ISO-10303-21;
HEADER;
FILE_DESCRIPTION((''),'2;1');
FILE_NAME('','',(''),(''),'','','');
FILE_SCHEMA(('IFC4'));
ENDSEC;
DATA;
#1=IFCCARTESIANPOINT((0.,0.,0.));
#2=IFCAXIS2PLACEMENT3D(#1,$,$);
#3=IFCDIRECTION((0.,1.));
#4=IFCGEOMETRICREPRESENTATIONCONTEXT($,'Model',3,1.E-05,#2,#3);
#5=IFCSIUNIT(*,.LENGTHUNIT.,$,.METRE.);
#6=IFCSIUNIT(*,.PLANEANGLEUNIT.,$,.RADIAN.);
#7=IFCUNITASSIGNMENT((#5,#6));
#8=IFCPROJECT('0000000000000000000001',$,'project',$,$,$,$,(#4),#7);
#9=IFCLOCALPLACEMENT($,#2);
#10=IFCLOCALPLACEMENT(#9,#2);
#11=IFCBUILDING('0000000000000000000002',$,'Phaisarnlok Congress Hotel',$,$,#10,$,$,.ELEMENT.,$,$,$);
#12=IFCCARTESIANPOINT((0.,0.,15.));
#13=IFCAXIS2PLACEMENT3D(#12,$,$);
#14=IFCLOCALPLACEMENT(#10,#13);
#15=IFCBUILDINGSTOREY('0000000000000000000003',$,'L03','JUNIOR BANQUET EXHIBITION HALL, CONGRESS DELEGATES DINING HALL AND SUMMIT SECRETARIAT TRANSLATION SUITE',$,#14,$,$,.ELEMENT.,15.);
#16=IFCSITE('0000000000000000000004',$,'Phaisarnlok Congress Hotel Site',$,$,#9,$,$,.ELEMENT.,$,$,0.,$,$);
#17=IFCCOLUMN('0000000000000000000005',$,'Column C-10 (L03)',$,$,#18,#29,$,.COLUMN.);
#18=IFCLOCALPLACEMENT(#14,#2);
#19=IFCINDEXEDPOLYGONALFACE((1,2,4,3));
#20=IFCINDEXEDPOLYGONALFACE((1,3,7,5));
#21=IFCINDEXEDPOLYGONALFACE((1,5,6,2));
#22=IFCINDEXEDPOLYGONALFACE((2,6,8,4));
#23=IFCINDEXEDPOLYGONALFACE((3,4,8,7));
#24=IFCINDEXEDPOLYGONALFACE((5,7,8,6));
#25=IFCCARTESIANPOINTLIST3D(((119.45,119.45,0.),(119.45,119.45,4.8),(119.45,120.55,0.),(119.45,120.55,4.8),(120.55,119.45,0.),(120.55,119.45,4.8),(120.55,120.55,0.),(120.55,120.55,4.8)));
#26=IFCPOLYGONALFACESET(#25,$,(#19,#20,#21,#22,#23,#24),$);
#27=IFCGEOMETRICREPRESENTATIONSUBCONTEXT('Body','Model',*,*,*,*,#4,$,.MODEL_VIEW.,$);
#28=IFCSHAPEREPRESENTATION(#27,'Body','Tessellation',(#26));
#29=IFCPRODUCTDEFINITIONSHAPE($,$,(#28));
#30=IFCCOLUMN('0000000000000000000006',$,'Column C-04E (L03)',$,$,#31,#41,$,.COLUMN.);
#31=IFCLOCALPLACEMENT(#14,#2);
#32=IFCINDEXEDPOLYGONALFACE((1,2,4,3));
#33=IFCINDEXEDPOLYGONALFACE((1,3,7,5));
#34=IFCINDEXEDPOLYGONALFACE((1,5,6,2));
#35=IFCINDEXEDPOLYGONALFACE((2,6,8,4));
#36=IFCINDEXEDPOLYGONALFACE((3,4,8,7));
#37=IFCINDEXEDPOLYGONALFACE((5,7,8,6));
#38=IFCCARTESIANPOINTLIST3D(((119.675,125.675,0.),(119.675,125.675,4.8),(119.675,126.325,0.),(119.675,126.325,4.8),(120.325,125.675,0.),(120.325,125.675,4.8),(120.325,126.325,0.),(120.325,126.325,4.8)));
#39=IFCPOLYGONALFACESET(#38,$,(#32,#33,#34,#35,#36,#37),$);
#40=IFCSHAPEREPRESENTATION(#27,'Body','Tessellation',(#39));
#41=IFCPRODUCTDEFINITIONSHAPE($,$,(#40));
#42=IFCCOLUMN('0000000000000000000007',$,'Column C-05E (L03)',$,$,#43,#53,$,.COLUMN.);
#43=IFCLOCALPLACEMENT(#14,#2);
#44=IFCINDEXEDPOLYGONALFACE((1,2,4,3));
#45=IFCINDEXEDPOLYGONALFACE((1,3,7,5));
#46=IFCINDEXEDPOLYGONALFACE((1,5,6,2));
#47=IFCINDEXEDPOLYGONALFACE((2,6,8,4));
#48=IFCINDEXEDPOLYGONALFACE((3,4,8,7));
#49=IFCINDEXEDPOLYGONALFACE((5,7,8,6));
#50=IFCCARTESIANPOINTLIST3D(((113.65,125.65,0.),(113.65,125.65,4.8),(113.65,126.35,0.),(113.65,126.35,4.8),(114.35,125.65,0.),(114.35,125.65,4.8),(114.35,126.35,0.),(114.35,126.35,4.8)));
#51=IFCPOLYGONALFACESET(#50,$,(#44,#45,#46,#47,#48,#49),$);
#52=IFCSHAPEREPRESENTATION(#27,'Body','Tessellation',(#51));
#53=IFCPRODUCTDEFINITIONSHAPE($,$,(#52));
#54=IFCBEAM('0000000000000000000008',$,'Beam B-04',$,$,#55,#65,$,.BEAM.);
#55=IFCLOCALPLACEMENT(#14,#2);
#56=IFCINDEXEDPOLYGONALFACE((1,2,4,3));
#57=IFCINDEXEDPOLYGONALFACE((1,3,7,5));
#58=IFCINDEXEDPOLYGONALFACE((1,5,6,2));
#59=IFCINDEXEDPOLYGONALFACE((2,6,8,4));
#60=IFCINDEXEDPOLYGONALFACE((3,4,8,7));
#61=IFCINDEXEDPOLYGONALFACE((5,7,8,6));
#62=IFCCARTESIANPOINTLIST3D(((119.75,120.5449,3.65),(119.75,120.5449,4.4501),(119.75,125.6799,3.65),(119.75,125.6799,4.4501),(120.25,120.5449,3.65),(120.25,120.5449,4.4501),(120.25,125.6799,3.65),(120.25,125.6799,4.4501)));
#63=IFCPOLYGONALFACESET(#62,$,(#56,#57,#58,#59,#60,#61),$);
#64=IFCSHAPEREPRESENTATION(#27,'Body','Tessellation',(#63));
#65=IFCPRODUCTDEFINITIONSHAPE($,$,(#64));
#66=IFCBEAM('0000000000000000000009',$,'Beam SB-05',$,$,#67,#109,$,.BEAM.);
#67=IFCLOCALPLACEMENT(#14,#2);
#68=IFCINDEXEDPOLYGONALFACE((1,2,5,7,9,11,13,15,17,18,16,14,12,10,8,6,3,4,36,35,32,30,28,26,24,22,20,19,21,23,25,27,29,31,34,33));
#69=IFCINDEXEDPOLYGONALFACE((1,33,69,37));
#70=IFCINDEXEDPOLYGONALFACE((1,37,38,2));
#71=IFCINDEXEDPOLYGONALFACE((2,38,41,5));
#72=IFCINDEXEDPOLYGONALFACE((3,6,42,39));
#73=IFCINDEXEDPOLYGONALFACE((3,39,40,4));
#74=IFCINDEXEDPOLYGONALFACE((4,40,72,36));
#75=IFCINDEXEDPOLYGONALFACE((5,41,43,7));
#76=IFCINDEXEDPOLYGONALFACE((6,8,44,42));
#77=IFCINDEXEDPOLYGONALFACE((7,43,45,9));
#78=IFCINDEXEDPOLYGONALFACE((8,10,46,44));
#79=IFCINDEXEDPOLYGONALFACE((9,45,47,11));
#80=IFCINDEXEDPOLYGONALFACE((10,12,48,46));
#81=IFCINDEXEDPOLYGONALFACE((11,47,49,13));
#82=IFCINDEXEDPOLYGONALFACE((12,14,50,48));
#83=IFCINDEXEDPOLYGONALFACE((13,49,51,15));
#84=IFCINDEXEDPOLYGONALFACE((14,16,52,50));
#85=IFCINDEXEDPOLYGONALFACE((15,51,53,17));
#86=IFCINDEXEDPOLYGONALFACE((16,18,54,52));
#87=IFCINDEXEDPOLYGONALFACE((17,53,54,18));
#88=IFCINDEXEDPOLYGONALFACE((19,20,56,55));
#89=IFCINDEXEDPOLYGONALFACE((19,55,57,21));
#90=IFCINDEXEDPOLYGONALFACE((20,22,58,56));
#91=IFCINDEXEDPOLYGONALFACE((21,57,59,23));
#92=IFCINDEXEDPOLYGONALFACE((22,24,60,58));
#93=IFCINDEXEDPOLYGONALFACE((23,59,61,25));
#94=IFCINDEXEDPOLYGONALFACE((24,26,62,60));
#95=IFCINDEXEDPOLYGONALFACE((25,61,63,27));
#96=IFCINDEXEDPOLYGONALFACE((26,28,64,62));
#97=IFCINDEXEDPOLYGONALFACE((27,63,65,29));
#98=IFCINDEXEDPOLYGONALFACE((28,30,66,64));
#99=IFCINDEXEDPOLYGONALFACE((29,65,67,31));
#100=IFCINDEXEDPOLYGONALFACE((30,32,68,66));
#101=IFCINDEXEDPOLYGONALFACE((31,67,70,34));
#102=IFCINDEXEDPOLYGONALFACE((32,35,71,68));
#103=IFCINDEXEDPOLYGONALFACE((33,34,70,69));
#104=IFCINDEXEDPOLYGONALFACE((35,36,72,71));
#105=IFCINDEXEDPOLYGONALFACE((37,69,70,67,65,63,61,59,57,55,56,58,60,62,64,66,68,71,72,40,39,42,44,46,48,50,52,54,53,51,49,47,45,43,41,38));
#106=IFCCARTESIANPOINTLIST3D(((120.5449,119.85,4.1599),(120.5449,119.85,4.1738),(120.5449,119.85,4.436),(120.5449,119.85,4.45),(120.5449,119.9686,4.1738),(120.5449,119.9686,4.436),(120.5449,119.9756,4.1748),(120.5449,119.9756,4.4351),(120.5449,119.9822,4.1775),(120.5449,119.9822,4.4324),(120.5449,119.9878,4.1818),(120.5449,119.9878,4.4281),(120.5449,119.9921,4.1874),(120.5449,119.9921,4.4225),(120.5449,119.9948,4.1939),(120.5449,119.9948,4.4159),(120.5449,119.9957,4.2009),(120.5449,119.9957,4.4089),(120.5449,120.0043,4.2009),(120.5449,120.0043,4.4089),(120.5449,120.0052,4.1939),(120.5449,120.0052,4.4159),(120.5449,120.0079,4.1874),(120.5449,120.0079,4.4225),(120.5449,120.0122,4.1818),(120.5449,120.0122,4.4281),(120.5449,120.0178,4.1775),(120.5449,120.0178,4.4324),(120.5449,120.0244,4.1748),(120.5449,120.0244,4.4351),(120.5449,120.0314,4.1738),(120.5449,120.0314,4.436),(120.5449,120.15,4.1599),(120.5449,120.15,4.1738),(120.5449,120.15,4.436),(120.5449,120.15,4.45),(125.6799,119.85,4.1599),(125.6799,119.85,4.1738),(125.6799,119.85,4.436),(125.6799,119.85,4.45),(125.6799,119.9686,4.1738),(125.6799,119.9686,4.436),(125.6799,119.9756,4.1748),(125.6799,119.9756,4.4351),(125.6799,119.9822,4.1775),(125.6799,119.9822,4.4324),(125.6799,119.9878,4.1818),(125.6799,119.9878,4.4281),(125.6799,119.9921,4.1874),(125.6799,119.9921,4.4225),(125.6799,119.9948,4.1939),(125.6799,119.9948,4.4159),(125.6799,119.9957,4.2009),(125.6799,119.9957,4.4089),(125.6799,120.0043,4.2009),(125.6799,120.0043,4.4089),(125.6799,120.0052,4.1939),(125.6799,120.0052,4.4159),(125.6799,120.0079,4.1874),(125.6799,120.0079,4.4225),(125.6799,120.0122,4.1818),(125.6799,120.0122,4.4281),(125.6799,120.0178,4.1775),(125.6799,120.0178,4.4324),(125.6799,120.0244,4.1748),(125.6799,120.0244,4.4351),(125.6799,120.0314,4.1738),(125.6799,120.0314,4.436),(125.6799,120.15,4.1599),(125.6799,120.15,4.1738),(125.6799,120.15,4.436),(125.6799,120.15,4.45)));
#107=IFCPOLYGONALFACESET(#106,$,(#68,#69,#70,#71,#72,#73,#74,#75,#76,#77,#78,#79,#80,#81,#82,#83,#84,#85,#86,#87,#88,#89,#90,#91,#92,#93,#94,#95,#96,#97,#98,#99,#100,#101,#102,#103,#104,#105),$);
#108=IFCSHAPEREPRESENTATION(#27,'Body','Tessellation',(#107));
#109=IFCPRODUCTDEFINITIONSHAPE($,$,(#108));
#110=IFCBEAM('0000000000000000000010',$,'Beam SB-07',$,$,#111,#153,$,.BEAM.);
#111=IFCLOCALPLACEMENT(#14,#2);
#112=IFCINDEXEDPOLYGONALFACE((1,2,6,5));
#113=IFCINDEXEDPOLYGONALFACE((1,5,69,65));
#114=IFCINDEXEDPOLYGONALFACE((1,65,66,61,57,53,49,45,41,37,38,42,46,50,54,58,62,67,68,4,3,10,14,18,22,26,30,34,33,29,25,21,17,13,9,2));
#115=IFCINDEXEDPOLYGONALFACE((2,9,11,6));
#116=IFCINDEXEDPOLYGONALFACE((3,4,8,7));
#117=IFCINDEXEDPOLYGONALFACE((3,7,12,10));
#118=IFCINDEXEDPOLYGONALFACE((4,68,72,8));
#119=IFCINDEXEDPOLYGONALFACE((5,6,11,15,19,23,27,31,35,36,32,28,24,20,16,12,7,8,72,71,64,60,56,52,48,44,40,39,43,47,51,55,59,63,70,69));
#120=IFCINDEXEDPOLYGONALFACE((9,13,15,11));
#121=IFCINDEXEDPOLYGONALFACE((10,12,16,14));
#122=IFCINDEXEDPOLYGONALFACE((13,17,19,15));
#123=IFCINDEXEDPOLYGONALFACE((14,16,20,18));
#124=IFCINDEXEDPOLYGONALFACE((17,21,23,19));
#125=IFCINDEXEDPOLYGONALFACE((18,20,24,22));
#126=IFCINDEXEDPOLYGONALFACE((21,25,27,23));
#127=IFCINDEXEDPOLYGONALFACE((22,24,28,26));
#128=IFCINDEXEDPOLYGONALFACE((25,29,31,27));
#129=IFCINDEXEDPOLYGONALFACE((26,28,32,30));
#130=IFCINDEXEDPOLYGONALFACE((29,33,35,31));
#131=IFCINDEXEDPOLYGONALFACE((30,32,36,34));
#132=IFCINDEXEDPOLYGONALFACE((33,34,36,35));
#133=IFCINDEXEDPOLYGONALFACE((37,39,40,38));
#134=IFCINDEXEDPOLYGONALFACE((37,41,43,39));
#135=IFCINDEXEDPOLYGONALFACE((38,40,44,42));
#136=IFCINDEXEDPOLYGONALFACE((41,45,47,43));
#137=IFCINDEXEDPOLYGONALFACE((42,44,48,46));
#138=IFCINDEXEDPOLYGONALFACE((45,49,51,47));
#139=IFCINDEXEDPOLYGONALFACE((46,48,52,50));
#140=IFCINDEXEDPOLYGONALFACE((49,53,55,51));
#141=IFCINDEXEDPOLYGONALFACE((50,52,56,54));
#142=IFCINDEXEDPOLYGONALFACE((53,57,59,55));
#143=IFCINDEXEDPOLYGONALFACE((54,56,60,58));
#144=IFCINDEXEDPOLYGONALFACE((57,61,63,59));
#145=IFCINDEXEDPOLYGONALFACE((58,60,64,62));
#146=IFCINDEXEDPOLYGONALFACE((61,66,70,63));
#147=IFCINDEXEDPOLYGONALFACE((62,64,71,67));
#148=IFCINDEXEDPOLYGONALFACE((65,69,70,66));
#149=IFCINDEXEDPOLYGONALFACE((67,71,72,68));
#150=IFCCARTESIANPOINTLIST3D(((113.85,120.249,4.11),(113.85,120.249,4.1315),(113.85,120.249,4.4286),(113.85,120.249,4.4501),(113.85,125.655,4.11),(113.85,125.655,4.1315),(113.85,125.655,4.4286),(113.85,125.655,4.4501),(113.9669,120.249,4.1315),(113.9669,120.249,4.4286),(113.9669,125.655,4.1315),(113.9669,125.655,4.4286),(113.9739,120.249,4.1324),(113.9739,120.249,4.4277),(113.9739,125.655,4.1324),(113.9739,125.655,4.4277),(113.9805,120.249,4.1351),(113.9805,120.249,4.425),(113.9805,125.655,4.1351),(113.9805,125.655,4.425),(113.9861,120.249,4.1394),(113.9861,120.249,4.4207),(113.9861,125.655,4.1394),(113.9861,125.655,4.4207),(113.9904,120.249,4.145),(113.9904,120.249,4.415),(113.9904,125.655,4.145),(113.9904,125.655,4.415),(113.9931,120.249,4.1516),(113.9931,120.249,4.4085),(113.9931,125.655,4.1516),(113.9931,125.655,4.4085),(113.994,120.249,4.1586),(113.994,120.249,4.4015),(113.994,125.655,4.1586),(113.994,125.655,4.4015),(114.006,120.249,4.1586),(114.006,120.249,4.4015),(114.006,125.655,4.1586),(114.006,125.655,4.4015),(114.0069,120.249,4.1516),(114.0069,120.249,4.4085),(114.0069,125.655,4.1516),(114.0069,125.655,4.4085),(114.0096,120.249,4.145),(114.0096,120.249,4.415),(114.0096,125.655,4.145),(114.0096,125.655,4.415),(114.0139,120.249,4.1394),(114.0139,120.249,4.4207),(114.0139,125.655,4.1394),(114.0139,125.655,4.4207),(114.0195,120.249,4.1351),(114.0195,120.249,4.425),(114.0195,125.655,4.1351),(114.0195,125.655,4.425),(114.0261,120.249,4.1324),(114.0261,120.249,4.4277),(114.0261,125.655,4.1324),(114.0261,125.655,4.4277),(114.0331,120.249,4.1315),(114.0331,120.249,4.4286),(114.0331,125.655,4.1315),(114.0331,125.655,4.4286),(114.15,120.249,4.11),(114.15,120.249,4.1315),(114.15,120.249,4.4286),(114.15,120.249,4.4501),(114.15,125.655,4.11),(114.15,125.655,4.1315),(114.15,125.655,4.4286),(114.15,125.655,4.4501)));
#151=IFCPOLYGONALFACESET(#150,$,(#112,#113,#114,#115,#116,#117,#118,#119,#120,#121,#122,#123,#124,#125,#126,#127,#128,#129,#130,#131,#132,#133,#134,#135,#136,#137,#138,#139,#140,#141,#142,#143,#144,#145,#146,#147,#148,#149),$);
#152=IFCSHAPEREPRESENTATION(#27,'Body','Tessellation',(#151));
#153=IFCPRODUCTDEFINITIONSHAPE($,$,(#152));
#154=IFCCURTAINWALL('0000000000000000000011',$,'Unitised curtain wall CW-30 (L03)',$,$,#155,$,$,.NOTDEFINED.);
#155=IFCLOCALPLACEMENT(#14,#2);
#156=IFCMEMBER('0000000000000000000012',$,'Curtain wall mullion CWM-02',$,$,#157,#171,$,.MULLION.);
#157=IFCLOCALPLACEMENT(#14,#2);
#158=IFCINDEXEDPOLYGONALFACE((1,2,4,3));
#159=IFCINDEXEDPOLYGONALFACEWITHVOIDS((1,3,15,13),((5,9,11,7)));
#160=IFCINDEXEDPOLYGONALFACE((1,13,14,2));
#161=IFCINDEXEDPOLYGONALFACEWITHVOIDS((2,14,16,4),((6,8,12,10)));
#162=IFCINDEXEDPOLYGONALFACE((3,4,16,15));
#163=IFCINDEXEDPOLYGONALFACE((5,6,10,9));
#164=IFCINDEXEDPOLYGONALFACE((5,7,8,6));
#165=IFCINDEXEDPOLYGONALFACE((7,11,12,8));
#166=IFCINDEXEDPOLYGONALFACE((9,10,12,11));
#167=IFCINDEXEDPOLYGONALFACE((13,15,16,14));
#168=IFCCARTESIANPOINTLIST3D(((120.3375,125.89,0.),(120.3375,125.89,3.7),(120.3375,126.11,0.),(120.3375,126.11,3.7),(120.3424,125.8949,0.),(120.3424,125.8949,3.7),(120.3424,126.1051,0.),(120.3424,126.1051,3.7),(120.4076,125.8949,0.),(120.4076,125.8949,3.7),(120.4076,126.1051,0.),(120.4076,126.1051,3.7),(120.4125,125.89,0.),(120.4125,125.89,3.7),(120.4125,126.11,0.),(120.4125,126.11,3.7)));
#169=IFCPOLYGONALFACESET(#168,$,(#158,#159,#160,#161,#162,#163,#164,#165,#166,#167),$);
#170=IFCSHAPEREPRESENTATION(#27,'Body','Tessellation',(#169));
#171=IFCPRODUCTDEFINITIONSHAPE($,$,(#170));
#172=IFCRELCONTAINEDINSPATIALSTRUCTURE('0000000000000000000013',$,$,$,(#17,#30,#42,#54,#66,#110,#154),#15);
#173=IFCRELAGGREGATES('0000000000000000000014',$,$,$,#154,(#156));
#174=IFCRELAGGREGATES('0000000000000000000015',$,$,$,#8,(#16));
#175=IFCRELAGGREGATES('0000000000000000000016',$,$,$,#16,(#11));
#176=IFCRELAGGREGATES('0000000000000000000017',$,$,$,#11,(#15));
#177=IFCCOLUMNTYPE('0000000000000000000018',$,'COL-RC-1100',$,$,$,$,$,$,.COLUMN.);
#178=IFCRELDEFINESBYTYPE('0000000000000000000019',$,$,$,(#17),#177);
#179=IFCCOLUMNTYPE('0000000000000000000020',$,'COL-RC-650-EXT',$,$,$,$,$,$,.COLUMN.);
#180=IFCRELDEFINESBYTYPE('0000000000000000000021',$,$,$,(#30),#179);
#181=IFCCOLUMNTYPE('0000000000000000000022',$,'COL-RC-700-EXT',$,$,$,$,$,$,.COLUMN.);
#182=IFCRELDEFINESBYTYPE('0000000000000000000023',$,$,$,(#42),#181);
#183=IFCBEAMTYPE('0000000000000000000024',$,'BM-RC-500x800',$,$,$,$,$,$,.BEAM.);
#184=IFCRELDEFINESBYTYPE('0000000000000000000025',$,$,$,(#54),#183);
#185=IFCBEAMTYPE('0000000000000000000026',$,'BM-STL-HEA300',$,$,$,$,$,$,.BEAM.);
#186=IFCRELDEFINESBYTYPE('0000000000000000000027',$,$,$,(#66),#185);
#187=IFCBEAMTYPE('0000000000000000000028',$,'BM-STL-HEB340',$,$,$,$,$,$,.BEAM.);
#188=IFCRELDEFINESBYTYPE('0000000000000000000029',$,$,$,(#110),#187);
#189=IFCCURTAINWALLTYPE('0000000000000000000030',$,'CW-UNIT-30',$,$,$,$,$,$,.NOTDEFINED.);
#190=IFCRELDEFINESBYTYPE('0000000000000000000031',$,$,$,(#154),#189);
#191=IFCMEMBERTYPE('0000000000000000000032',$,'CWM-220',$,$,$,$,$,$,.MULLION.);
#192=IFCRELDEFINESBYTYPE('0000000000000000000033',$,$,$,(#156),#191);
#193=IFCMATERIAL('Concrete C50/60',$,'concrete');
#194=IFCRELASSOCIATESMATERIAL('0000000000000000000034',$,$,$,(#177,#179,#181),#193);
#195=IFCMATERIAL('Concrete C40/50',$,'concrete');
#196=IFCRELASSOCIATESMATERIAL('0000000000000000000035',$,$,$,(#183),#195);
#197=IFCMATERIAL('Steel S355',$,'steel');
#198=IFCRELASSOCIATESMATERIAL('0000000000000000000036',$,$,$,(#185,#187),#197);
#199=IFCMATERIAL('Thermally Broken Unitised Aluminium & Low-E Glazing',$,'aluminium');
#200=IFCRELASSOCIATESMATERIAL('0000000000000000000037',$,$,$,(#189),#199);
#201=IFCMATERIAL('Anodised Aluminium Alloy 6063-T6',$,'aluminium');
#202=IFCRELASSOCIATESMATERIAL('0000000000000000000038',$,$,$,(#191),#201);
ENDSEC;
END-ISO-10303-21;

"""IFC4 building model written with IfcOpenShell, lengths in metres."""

from ifc_helpers import new_model, si_unit, direction, frame, origin, origin_2d, place, context, subcontext, project, spatial, rectangle, hollow_rectangle, i_section, extrude, material, material_profile, profile_set, type_object, element, aggregate, save


model = new_model("IFC4")

# Units and contexts
model_context = context("Model", 3, precision=1e-05, world=origin(), true_north=direction((0.0, 1.0)))
body_context = subcontext(model_context, "Body", "Model", "MODEL_VIEW")
ifc_project = project(units=[si_unit("LENGTHUNIT", "METRE"), si_unit("PLANEANGLEUNIT", "RADIAN")], contexts=[model_context])

# Site, building, storey
site_placement = place(None, origin())
site = spatial("IfcSite", under=ifc_project, at=site_placement, Name="Phaisarnlok Congress Hotel Site", CompositionType="ELEMENT", RefElevation=0.0)
building_placement = place(site_placement, origin())
building = spatial("IfcBuilding", under=site, at=building_placement, Name="Phaisarnlok Congress Hotel", CompositionType="ELEMENT")
storey_placement = place(building_placement, frame((0.0, 0.0, 15.0)))
storey = spatial("IfcBuildingStorey", under=building, at=storey_placement, Name="L03", Description="JUNIOR BANQUET EXHIBITION HALL, CONGRESS DELEGATES DINING HALL AND SUMMIT SECRETARIAT TRANSLATION SUITE", CompositionType="ELEMENT", Elevation=15.0)

# Columns
ifc_material_1 = material(Name="Concrete C50/60", Category="concrete")
ifc_material_profile_1 = material_profile(ifc_material_1, rectangle(XDim=1.1001, YDim=1.1001, at=origin_2d()), Name="RC 1100x1100")
ifc_profile_set_1 = profile_set([ifc_material_profile_1], Name="Concrete C50/60")
column_type_1 = type_object("IfcColumnType", Name="COL-RC-1100", PredefinedType="COLUMN", material=ifc_profile_set_1)
column_1_placement = place(storey_placement, frame((120.0, 120.0, 0.0), z_axis=(0.0, 0.0, 1.0), x_axis=(1.0, 0.0, 0.0)))
element("IfcColumn", 1, at=column_1_placement, inside=storey, type_object=column_type_1, Name="Column C-10 (L03)", PredefinedType="COLUMN", context=body_context, shape_type="SweptSolid", body=[
    extrude(rectangle(XDim=1.1001, YDim=1.1001, at=origin_2d()), origin(), (0.0, 0.0, 1.0), 4.8),
])
ifc_material_profile_2 = material_profile(ifc_material_1, rectangle(XDim=0.6499, YDim=0.6499, at=origin_2d()), Name="RC 650x650")
ifc_profile_set_2 = profile_set([ifc_material_profile_2], Name="Concrete C50/60")
column_type_2 = type_object("IfcColumnType", Name="COL-RC-650-EXT", PredefinedType="COLUMN", material=ifc_profile_set_2)
column_2_placement = place(storey_placement, frame((120.0, 126.0, 0.0), z_axis=(0.0, 0.0, 1.0), x_axis=(1.0, 0.0, 0.0)))
element("IfcColumn", 2, at=column_2_placement, inside=storey, type_object=column_type_2, Name="Column C-04E (L03)", PredefinedType="COLUMN", context=body_context, shape_type="SweptSolid", body=[
    extrude(rectangle(XDim=0.6499, YDim=0.6499, at=origin_2d()), origin(), (0.0, 0.0, 1.0), 4.8),
])
ifc_material_profile_3 = material_profile(ifc_material_1, rectangle(XDim=0.7, YDim=0.7, at=origin_2d()), Name="RC 700x700")
ifc_profile_set_3 = profile_set([ifc_material_profile_3], Name="Concrete C50/60")
column_type_3 = type_object("IfcColumnType", Name="COL-RC-700-EXT", PredefinedType="COLUMN", material=ifc_profile_set_3)
column_3_placement = place(storey_placement, frame((114.0, 126.0, 0.0), z_axis=(0.0, 0.0, 1.0), x_axis=(1.0, 0.0, 0.0)))
element("IfcColumn", 3, at=column_3_placement, inside=storey, type_object=column_type_3, Name="Column C-05E (L03)", PredefinedType="COLUMN", context=body_context, shape_type="SweptSolid", body=[
    extrude(rectangle(XDim=0.7, YDim=0.7, at=origin_2d()), origin(), (0.0, 0.0, 1.0), 4.8),
])

# Beams
ifc_material_2 = material(Name="Concrete C40/50", Category="concrete")
ifc_material_profile_4 = material_profile(ifc_material_2, rectangle(XDim=0.5, YDim=0.8, at=origin_2d()), Name="RC 500x800")
ifc_profile_set_4 = profile_set([ifc_material_profile_4], Name="Concrete C40/50")
beam_type_1 = type_object("IfcBeamType", Name="BM-RC-500x800", PredefinedType="BEAM", material=ifc_profile_set_4)
beam_1_placement = place(storey_placement, frame((120.0, 120.5449, 4.05), z_axis=(0.0, 1.0, 0.0), x_axis=(-1.0, 0.0, 0.0)))
element("IfcBeam", 4, at=beam_1_placement, inside=storey, type_object=beam_type_1, Name="Beam B-04", PredefinedType="BEAM", context=body_context, shape_type="SweptSolid", body=[
    extrude(rectangle(XDim=0.5, YDim=0.8, at=origin_2d()), origin(), (0.0, 0.0, 1.0), 5.135),
])
ifc_material_3 = material(Name="Steel S355", Category="steel")
ifc_material_profile_5 = material_profile(ifc_material_3, i_section(OverallWidth=0.3, OverallDepth=0.29, WebThickness=0.0085, FlangeThickness=0.0139, FilletRadius=0.0271, at=origin_2d()), Name="HEA 300")
ifc_profile_set_5 = profile_set([ifc_material_profile_5], Name="Steel S355")
beam_type_2 = type_object("IfcBeamType", Name="BM-STL-HEA300", PredefinedType="BEAM", material=ifc_profile_set_5)
beam_2_placement = place(storey_placement, frame((120.5449, 120.0, 4.3049), z_axis=(1.0, 0.0, 0.0), x_axis=(0.0, 1.0, 0.0)))
element("IfcBeam", 5, at=beam_2_placement, inside=storey, type_object=beam_type_2, Name="Beam SB-05", PredefinedType="BEAM", context=body_context, shape_type="SweptSolid", body=[
    extrude(i_section(OverallWidth=0.3, OverallDepth=0.29, WebThickness=0.0085, FlangeThickness=0.0139, FilletRadius=0.0271, at=origin_2d()), origin(), (0.0, 0.0, 1.0), 5.135),
])
ifc_material_profile_6 = material_profile(ifc_material_3, i_section(OverallWidth=0.3, OverallDepth=0.3401, WebThickness=0.012, FlangeThickness=0.0215, FilletRadius=0.0271, at=origin_2d()), Name="HEB 340")
ifc_profile_set_6 = profile_set([ifc_material_profile_6], Name="Steel S355")
beam_type_3 = type_object("IfcBeamType", Name="BM-STL-HEB340", PredefinedType="BEAM", material=ifc_profile_set_6)
beam_3_placement = place(storey_placement, frame((114.0, 120.249, 4.28), z_axis=(0.0, 1.0, 0.0), x_axis=(-1.0, 0.0, 0.0)))
element("IfcBeam", 6, at=beam_3_placement, inside=storey, type_object=beam_type_3, Name="Beam SB-07", PredefinedType="BEAM", context=body_context, shape_type="SweptSolid", body=[
    extrude(i_section(OverallWidth=0.3, OverallDepth=0.3401, WebThickness=0.012, FlangeThickness=0.0215, FilletRadius=0.0271, at=origin_2d()), origin(), (0.0, 0.0, 1.0), 5.406),
])

# Curtain wall, member
ifc_material_4 = material(Name="Thermally Broken Unitised Aluminium & Low-E Glazing", Category="aluminium")
curtain_wall_type_1 = type_object("IfcCurtainWallType", Name="CW-UNIT-30", PredefinedType="NOTDEFINED", material=ifc_material_4)
curtain_wall_1_placement = place(storey_placement, origin())
curtain_wall_1 = element("IfcCurtainWall", 7, at=curtain_wall_1_placement, inside=storey, type_object=curtain_wall_type_1, Name="Unitised curtain wall CW-30 (L03)", PredefinedType="NOTDEFINED")
ifc_material_5 = material(Name="Anodised Aluminium Alloy 6063-T6", Category="aluminium")
ifc_material_profile_7 = material_profile(ifc_material_5, hollow_rectangle(XDim=0.075, YDim=0.22, WallThickness=0.0049, at=origin_2d()), Name="ALU-M 75x220x5")
ifc_profile_set_7 = profile_set([ifc_material_profile_7], Name="Anodised Aluminium Alloy 6063-T6")
member_type_1 = type_object("IfcMemberType", Name="CWM-220", PredefinedType="MULLION", material=ifc_profile_set_7)
member_1_placement = place(storey_placement, frame((120.375, 126.0, 0.0), z_axis=(0.0, 0.0, 1.0), x_axis=(-1.0, 0.0, 0.0)))
member_1 = element("IfcMember", 8, at=member_1_placement, type_object=member_type_1, Name="Curtain wall mullion CWM-02", PredefinedType="MULLION", context=body_context, shape_type="SweptSolid", body=[
    extrude(hollow_rectangle(XDim=0.075, YDim=0.22, WallThickness=0.0049, at=origin_2d()), origin(), (0.0, 0.0, 1.0), 3.7),
])

aggregate(curtain_wall_1, [member_1])

save(model, "model.ifc")
